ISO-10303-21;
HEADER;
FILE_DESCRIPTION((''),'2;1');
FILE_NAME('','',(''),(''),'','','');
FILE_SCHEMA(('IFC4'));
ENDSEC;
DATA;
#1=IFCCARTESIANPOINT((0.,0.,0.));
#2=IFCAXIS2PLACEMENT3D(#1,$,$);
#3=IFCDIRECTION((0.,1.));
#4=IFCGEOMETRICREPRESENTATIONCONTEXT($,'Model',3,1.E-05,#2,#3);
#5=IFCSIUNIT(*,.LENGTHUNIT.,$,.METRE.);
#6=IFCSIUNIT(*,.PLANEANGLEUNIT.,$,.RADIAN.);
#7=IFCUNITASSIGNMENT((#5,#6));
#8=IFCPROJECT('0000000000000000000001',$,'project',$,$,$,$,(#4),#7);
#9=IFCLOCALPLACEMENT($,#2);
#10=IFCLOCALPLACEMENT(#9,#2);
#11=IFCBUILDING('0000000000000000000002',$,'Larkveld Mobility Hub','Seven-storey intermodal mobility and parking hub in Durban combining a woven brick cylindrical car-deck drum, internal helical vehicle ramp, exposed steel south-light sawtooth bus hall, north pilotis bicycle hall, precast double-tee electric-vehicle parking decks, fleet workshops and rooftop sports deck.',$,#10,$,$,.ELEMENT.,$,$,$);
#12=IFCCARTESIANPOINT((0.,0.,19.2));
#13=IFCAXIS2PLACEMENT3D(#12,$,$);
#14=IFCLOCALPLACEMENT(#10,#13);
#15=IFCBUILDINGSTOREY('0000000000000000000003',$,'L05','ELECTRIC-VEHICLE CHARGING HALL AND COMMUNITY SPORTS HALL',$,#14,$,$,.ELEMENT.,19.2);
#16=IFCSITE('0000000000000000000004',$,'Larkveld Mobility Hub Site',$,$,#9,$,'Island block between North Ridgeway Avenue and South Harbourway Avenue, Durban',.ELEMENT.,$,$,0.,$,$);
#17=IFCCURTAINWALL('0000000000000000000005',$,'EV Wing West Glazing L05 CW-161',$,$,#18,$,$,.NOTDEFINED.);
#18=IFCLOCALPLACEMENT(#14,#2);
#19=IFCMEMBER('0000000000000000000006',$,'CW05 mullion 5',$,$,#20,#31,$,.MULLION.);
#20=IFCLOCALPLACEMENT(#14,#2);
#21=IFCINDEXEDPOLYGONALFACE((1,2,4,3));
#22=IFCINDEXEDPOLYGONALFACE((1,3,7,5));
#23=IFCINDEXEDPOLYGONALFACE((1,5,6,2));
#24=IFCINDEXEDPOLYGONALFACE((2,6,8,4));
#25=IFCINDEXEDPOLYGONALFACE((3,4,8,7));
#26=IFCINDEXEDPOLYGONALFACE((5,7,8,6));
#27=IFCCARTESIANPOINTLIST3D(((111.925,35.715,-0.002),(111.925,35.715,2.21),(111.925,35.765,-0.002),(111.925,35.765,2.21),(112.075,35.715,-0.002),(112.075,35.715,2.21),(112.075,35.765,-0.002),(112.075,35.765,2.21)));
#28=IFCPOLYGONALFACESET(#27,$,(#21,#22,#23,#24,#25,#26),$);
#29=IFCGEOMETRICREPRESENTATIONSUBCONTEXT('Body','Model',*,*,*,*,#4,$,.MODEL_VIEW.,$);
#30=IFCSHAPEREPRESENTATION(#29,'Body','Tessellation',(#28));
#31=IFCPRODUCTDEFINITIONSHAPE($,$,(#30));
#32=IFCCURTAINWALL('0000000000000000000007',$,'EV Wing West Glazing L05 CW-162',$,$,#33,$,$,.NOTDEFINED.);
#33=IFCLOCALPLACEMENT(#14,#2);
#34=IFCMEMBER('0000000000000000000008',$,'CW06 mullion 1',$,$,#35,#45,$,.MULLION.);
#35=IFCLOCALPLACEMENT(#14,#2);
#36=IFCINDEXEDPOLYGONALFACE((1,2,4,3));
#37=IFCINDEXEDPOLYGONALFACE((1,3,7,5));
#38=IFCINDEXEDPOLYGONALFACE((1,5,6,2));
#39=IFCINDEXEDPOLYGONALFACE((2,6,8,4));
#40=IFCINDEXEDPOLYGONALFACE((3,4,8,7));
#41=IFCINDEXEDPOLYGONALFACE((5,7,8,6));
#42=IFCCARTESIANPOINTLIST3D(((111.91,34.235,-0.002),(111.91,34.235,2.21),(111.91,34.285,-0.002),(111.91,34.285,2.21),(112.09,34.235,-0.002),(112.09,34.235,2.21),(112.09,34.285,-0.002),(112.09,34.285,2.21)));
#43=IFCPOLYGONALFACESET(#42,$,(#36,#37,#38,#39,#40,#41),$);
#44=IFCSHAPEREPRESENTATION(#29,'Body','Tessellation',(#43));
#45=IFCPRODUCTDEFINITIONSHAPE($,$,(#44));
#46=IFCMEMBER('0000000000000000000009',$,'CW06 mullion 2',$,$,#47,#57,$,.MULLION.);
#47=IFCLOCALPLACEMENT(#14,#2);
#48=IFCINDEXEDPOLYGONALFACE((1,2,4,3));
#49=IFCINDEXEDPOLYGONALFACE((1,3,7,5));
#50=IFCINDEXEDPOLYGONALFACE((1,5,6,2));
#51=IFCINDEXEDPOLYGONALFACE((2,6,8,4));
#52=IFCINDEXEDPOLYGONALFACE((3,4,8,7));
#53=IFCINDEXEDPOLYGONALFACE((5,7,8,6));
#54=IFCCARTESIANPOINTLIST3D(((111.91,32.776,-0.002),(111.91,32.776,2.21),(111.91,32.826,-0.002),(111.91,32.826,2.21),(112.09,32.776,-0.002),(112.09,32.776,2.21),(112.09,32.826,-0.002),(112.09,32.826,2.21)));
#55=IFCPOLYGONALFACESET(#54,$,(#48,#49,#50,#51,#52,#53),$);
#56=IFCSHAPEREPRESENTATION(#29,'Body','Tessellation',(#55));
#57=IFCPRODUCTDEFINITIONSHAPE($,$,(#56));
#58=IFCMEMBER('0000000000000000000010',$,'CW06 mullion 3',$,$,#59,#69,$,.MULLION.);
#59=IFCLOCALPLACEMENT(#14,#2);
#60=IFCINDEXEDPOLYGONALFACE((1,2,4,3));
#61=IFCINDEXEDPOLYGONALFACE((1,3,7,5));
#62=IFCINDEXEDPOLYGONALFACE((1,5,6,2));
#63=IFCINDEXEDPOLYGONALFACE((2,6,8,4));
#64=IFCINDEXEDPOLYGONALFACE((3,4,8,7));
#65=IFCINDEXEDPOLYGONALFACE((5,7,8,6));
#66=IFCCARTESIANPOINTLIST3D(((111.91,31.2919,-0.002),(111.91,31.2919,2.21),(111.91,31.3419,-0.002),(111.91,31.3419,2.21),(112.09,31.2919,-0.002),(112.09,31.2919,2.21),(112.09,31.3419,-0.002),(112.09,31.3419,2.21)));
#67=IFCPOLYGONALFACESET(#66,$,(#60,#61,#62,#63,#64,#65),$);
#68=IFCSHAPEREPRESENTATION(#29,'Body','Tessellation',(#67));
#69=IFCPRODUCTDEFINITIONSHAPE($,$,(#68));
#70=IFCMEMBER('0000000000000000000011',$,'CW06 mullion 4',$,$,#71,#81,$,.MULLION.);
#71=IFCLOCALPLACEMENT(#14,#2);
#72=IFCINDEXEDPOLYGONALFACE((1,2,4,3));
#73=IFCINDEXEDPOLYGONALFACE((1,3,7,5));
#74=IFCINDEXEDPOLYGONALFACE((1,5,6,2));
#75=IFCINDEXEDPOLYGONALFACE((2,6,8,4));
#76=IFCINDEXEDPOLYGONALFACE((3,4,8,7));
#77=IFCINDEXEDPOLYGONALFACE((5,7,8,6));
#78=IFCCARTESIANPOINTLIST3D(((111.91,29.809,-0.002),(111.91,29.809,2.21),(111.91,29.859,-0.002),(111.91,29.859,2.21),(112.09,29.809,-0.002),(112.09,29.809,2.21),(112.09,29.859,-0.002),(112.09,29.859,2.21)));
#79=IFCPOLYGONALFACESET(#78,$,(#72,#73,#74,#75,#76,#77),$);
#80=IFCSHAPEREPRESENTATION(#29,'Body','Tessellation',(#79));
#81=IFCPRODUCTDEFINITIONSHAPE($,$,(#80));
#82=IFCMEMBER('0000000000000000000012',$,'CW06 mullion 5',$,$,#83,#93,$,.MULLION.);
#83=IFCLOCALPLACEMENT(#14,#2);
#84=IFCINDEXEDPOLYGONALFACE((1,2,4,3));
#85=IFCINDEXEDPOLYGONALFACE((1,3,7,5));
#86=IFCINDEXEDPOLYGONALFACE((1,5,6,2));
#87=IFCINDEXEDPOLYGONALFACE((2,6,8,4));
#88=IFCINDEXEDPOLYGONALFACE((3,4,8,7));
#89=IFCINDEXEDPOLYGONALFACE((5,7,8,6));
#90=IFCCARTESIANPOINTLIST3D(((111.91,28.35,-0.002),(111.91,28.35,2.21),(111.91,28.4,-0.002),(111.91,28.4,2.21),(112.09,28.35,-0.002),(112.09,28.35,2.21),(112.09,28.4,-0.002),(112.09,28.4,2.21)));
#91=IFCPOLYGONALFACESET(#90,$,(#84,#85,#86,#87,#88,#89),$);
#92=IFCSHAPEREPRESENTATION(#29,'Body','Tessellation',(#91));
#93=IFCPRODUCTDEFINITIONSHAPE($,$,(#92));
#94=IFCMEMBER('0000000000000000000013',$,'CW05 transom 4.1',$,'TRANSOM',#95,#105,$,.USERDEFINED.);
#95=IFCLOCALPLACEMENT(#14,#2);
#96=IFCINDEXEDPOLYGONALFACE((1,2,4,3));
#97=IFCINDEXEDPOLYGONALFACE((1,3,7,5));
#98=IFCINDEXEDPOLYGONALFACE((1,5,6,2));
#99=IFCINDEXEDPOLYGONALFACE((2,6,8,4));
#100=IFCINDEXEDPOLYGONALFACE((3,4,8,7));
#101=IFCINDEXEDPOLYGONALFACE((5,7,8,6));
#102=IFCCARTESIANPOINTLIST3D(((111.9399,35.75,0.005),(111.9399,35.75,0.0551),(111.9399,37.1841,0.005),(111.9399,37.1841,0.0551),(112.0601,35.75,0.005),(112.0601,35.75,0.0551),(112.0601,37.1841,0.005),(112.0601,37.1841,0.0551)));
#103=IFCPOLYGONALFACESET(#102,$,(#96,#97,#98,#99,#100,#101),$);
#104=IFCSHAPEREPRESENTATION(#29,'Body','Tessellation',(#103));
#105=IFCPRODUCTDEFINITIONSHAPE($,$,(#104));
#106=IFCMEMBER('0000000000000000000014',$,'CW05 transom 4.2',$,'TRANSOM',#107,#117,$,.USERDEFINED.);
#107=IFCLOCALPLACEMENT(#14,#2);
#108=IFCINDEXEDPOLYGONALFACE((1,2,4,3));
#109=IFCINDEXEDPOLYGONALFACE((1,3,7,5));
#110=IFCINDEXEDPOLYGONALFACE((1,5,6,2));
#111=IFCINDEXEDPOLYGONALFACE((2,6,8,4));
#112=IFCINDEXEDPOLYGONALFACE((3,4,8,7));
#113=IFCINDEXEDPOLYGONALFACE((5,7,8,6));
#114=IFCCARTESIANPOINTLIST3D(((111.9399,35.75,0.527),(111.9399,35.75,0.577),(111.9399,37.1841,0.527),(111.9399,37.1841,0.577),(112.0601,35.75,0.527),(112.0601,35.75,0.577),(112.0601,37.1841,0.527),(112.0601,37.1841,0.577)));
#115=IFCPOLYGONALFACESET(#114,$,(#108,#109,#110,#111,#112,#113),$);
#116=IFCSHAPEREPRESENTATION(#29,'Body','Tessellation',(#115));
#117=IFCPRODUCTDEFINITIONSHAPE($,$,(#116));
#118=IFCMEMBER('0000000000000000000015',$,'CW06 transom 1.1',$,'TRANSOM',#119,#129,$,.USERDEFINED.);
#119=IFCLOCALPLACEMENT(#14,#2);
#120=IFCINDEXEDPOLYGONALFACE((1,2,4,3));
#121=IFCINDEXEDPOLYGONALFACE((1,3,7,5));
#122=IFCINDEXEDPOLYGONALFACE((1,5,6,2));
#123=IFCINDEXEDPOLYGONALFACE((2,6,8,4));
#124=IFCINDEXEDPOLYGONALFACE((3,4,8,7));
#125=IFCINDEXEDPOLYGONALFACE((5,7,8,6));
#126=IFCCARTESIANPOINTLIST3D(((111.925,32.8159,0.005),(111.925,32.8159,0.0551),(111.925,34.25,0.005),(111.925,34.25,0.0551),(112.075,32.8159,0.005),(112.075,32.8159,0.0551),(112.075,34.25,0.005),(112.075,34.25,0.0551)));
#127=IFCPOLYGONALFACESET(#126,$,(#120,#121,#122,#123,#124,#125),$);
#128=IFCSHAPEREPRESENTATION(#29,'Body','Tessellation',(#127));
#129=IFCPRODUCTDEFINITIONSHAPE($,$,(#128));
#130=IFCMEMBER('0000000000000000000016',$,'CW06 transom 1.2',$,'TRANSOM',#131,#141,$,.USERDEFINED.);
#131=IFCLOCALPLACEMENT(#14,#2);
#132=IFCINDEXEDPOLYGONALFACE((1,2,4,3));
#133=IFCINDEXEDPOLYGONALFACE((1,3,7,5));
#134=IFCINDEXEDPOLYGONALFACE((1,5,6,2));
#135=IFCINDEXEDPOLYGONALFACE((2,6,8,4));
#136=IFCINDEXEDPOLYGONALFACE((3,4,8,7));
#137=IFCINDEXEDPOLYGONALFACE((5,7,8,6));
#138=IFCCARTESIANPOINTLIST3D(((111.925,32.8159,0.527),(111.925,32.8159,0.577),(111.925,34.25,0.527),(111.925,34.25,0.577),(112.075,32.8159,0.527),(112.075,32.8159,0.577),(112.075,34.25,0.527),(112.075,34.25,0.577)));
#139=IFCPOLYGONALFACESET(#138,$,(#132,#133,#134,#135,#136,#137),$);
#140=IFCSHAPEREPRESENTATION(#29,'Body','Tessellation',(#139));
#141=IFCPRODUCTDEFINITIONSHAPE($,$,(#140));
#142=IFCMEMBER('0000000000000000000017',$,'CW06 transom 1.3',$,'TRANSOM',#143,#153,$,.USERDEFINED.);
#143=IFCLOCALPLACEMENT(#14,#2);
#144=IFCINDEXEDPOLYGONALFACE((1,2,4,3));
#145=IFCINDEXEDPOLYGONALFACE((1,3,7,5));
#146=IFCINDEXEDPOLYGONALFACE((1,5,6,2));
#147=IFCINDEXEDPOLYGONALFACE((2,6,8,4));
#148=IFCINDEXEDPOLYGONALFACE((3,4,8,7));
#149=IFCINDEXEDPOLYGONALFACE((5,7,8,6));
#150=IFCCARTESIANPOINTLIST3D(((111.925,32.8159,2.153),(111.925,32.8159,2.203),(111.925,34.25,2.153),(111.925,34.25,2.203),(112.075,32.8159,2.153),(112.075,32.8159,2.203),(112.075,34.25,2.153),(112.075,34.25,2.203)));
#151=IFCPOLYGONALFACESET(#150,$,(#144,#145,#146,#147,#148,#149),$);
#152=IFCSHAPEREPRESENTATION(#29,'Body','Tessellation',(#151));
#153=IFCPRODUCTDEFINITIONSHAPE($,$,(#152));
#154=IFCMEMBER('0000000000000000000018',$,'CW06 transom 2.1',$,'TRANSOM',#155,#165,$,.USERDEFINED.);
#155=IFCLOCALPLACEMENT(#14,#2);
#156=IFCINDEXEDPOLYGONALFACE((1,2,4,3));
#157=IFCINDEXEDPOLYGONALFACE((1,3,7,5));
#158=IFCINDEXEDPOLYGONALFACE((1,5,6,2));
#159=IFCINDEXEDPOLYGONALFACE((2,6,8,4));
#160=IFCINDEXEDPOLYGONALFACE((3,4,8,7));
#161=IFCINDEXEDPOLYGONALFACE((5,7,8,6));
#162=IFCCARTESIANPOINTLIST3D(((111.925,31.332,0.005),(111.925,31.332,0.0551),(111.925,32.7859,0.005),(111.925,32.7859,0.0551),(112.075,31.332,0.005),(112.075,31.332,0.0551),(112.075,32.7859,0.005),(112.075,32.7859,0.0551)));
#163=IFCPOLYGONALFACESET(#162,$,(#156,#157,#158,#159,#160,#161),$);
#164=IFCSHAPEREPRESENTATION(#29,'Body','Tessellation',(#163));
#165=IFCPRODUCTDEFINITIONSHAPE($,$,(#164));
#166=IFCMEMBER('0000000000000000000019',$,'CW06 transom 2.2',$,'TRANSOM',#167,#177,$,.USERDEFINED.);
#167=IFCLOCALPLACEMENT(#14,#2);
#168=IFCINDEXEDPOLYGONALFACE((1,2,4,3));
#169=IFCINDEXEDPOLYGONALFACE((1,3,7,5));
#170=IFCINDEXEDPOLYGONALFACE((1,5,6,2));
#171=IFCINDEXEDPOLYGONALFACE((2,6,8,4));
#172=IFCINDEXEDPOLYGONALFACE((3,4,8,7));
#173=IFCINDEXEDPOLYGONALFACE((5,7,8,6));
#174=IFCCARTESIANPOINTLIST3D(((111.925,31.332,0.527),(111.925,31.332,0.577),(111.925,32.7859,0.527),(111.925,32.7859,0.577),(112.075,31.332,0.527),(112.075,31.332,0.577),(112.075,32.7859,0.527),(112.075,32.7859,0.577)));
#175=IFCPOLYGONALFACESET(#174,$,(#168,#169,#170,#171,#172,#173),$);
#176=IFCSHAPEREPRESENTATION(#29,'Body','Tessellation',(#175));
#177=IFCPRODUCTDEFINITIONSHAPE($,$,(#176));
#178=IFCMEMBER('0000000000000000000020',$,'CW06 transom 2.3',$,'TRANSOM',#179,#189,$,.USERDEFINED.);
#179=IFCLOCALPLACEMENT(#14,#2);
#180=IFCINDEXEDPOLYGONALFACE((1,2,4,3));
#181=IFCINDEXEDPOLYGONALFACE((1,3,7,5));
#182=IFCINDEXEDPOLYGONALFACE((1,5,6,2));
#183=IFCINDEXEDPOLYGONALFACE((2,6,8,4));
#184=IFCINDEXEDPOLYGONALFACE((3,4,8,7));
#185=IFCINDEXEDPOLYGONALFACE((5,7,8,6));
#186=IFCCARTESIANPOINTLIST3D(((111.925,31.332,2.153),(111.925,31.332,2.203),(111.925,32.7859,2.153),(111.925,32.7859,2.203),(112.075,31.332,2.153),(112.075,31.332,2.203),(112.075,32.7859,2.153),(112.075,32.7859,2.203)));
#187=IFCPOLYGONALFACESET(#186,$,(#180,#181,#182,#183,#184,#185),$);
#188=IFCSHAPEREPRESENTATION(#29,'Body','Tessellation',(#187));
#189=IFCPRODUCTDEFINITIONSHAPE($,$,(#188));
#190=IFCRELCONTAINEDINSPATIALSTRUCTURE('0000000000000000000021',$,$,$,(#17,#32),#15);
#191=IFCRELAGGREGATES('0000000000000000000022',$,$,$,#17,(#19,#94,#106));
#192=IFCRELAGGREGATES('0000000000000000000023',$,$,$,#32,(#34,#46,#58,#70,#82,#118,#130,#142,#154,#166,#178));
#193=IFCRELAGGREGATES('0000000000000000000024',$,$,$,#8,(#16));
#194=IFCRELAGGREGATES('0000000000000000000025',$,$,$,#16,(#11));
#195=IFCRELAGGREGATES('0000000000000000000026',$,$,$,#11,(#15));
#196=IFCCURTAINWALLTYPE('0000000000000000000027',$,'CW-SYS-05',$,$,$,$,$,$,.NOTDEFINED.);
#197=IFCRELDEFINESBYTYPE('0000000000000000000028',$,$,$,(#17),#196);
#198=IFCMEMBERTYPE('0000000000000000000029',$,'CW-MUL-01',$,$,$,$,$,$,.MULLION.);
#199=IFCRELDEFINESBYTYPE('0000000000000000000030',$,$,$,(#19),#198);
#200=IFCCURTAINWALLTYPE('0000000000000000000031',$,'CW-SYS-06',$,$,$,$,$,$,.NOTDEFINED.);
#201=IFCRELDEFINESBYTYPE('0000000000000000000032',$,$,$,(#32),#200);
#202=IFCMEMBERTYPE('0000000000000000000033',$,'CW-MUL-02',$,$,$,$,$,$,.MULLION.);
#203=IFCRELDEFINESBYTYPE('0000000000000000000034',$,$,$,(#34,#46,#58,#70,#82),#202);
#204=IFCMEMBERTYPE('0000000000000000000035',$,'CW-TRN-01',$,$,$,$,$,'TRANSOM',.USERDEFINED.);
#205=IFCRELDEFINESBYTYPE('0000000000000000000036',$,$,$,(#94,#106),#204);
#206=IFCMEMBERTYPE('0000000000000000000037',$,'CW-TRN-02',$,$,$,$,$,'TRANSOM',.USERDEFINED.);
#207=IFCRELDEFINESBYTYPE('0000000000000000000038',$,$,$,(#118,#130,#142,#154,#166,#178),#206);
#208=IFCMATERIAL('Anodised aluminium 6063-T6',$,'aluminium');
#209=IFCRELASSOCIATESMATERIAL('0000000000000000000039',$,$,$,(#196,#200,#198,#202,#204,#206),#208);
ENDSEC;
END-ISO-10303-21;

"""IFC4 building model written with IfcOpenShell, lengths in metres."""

from ifc_helpers import new_model, si_unit, direction, frame, origin, origin_2d, place, context, subcontext, project, spatial, rectangle, extrude, material, material_profile, profile_set, type_object, element, aggregate, save


model = new_model("IFC4")

# Units and contexts
model_context = context("Model", 3, precision=1e-05, world=origin(), true_north=direction((0.0, 1.0)))
body_context = subcontext(model_context, "Body", "Model", "MODEL_VIEW")
ifc_project = project(units=[si_unit("LENGTHUNIT", "METRE"), si_unit("PLANEANGLEUNIT", "RADIAN")], contexts=[model_context])

# Site, building, storey
site_placement = place(None, origin())
site = spatial("IfcSite", under=ifc_project, at=site_placement, Name="Larkveld Mobility Hub Site", LongName="Island block between North Ridgeway Avenue and South Harbourway Avenue, Durban", CompositionType="ELEMENT", RefElevation=0.0)
building_placement = place(site_placement, origin())
building = spatial("IfcBuilding", under=site, at=building_placement, Name="Larkveld Mobility Hub", Description="Seven-storey intermodal mobility and parking hub in Durban combining a woven brick cylindrical car-deck drum, internal helical vehicle ramp, exposed steel south-light sawtooth bus hall, north pilotis bicycle hall, precast double-tee electric-vehicle parking decks, fleet workshops and rooftop sports deck.", CompositionType="ELEMENT")
storey_placement = place(building_placement, frame((0.0, 0.0, 19.2)))
storey = spatial("IfcBuildingStorey", under=building, at=storey_placement, Name="L05", Description="ELECTRIC-VEHICLE CHARGING HALL AND COMMUNITY SPORTS HALL", CompositionType="ELEMENT", Elevation=19.2)

# Curtain wall, member
ifc_material_1 = material(Name="Anodised aluminium 6063-T6", Category="aluminium")
curtain_wall_type_1 = type_object("IfcCurtainWallType", Name="CW-SYS-05", PredefinedType="NOTDEFINED", material=ifc_material_1)
curtain_wall_1_placement = place(storey_placement, origin())
curtain_wall_1 = element("IfcCurtainWall", 1, at=curtain_wall_1_placement, inside=storey, type_object=curtain_wall_type_1, Name="EV Wing West Glazing L05 CW-161", PredefinedType="NOTDEFINED")
ifc_material_profile_1 = material_profile(ifc_material_1, rectangle(XDim=0.05, YDim=0.1499, at=origin_2d()), Name="ALU MULL 50x150")
ifc_profile_set_1 = profile_set([ifc_material_profile_1], Name="Anodised aluminium 6063-T6")
member_type_1 = type_object("IfcMemberType", Name="CW-MUL-01", PredefinedType="MULLION", material=ifc_profile_set_1)
member_1_placement = place(storey_placement, frame((112.0, 35.74, -0.002), z_axis=(0.0, 0.0, 1.0), x_axis=(0.0, -1.0, 0.0)))
member_1 = element("IfcMember", 2, at=member_1_placement, type_object=member_type_1, Name="CW05 mullion 5", PredefinedType="MULLION", context=body_context, shape_type="SweptSolid", body=[
    extrude(rectangle(XDim=0.05, YDim=0.1499, at=origin_2d()), origin(), (0.0, 0.0, 1.0), 2.2119),
])

# Curtain wall, members
curtain_wall_type_2 = type_object("IfcCurtainWallType", Name="CW-SYS-06", PredefinedType="NOTDEFINED", material=ifc_material_1)
curtain_wall_2_placement = place(storey_placement, origin())
curtain_wall_2 = element("IfcCurtainWall", 3, at=curtain_wall_2_placement, inside=storey, type_object=curtain_wall_type_2, Name="EV Wing West Glazing L05 CW-162", PredefinedType="NOTDEFINED")
ifc_material_profile_2 = material_profile(ifc_material_1, rectangle(XDim=0.05, YDim=0.1799, at=origin_2d()), Name="ALU MULL 50x180")
ifc_profile_set_2 = profile_set([ifc_material_profile_2], Name="Anodised aluminium 6063-T6")
member_type_2 = type_object("IfcMemberType", Name="CW-MUL-02", PredefinedType="MULLION", material=ifc_profile_set_2)
member_2_placement = place(storey_placement, frame((112.0, 34.26, -0.002), z_axis=(0.0, 0.0, 1.0), x_axis=(0.0, -1.0, 0.0)))
member_2 = element("IfcMember", 4, at=member_2_placement, type_object=member_type_2, Name="CW06 mullion 1", PredefinedType="MULLION", context=body_context, shape_type="SweptSolid", body=[
    extrude(rectangle(XDim=0.05, YDim=0.1799, at=origin_2d()), origin(), (0.0, 0.0, 1.0), 2.2119),
])
member_3_placement = place(storey_placement, frame((112.0, 32.801, -0.002), z_axis=(0.0, 0.0, 1.0), x_axis=(0.0, -1.0, 0.0)))
member_3 = element("IfcMember", 5, at=member_3_placement, type_object=member_type_2, Name="CW06 mullion 2", PredefinedType="MULLION", context=body_context, shape_type="SweptSolid", body=[
    extrude(rectangle(XDim=0.05, YDim=0.1799, at=origin_2d()), origin(), (0.0, 0.0, 1.0), 2.2119),
])
member_4_placement = place(storey_placement, frame((112.0, 31.3169, -0.002), z_axis=(0.0, 0.0, 1.0), x_axis=(0.0, -1.0, 0.0)))
member_4 = element("IfcMember", 6, at=member_4_placement, type_object=member_type_2, Name="CW06 mullion 3", PredefinedType="MULLION", context=body_context, shape_type="SweptSolid", body=[
    extrude(rectangle(XDim=0.05, YDim=0.1799, at=origin_2d()), origin(), (0.0, 0.0, 1.0), 2.2119),
])
member_5_placement = place(storey_placement, frame((112.0, 29.834, -0.002), z_axis=(0.0, 0.0, 1.0), x_axis=(0.0, -1.0, 0.0)))
member_5 = element("IfcMember", 7, at=member_5_placement, type_object=member_type_2, Name="CW06 mullion 4", PredefinedType="MULLION", context=body_context, shape_type="SweptSolid", body=[
    extrude(rectangle(XDim=0.05, YDim=0.1799, at=origin_2d()), origin(), (0.0, 0.0, 1.0), 2.2119),
])
member_6_placement = place(storey_placement, frame((112.0, 28.375, -0.002), z_axis=(0.0, 0.0, 1.0), x_axis=(0.0, -1.0, 0.0)))
member_6 = element("IfcMember", 8, at=member_6_placement, type_object=member_type_2, Name="CW06 mullion 5", PredefinedType="MULLION", context=body_context, shape_type="SweptSolid", body=[
    extrude(rectangle(XDim=0.05, YDim=0.1799, at=origin_2d()), origin(), (0.0, 0.0, 1.0), 2.2119),
])

# Members
ifc_material_profile_3 = material_profile(ifc_material_1, rectangle(XDim=0.1201, YDim=0.05, at=origin_2d()), Name="ALU TRAN 50x120")
ifc_profile_set_3 = profile_set([ifc_material_profile_3], Name="Anodised aluminium 6063-T6")
member_type_3 = type_object("IfcMemberType", Name="CW-TRN-01", ElementType="TRANSOM", PredefinedType="USERDEFINED", material=ifc_profile_set_3)
member_7_placement = place(storey_placement, frame((112.0, 37.1841, 0.03), z_axis=(0.0, -1.0, 0.0), x_axis=(1.0, 0.0, 0.0)))
member_7 = element("IfcMember", 9, at=member_7_placement, type_object=member_type_3, Name="CW05 transom 4.1", ObjectType="TRANSOM", PredefinedType="USERDEFINED", context=body_context, shape_type="SweptSolid", body=[
    extrude(rectangle(XDim=0.1201, YDim=0.05, at=origin_2d()), origin(), (0.0, 0.0, 1.0), 1.4341),
])
member_8_placement = place(storey_placement, frame((112.0, 37.1841, 0.552), z_axis=(0.0, -1.0, 0.0), x_axis=(1.0, 0.0, 0.0)))
member_8 = element("IfcMember", 10, at=member_8_placement, type_object=member_type_3, Name="CW05 transom 4.2", ObjectType="TRANSOM", PredefinedType="USERDEFINED", context=body_context, shape_type="SweptSolid", body=[
    extrude(rectangle(XDim=0.1201, YDim=0.05, at=origin_2d()), origin(), (0.0, 0.0, 1.0), 1.4341),
])
ifc_material_profile_4 = material_profile(ifc_material_1, rectangle(XDim=0.1499, YDim=0.05, at=origin_2d()), Name="ALU TRAN 50x150")
ifc_profile_set_4 = profile_set([ifc_material_profile_4], Name="Anodised aluminium 6063-T6")
member_type_4 = type_object("IfcMemberType", Name="CW-TRN-02", ElementType="TRANSOM", PredefinedType="USERDEFINED", material=ifc_profile_set_4)
member_9_placement = place(storey_placement, frame((112.0, 34.25, 0.03), z_axis=(0.0, -1.0, 0.0), x_axis=(1.0, 0.0, 0.0)))
member_9 = element("IfcMember", 11, at=member_9_placement, type_object=member_type_4, Name="CW06 transom 1.1", ObjectType="TRANSOM", PredefinedType="USERDEFINED", context=body_context, shape_type="SweptSolid", body=[
    extrude(rectangle(XDim=0.1499, YDim=0.05, at=origin_2d()), origin(), (0.0, 0.0, 1.0), 1.4341),
])
member_10_placement = place(storey_placement, frame((112.0, 34.25, 0.552), z_axis=(0.0, -1.0, 0.0), x_axis=(1.0, 0.0, 0.0)))
member_10 = element("IfcMember", 12, at=member_10_placement, type_object=member_type_4, Name="CW06 transom 1.2", ObjectType="TRANSOM", PredefinedType="USERDEFINED", context=body_context, shape_type="SweptSolid", body=[
    extrude(rectangle(XDim=0.1499, YDim=0.05, at=origin_2d()), origin(), (0.0, 0.0, 1.0), 1.4341),
])
member_11_placement = place(storey_placement, frame((112.0, 34.25, 2.178), z_axis=(0.0, -1.0, 0.0), x_axis=(1.0, 0.0, 0.0)))
member_11 = element("IfcMember", 13, at=member_11_placement, type_object=member_type_4, Name="CW06 transom 1.3", ObjectType="TRANSOM", PredefinedType="USERDEFINED", context=body_context, shape_type="SweptSolid", body=[
    extrude(rectangle(XDim=0.1499, YDim=0.05, at=origin_2d()), origin(), (0.0, 0.0, 1.0), 1.4341),
])
member_12_placement = place(storey_placement, frame((112.0, 32.7859, 0.03), z_axis=(0.0, -1.0, 0.0), x_axis=(1.0, 0.0, 0.0)))
member_12 = element("IfcMember", 14, at=member_12_placement, type_object=member_type_4, Name="CW06 transom 2.1", ObjectType="TRANSOM", PredefinedType="USERDEFINED", context=body_context, shape_type="SweptSolid", body=[
    extrude(rectangle(XDim=0.1499, YDim=0.05, at=origin_2d()), origin(), (0.0, 0.0, 1.0), 1.4539),
])
member_13_placement = place(storey_placement, frame((112.0, 32.7859, 0.552), z_axis=(0.0, -1.0, 0.0), x_axis=(1.0, 0.0, 0.0)))
member_13 = element("IfcMember", 15, at=member_13_placement, type_object=member_type_4, Name="CW06 transom 2.2", ObjectType="TRANSOM", PredefinedType="USERDEFINED", context=body_context, shape_type="SweptSolid", body=[
    extrude(rectangle(XDim=0.1499, YDim=0.05, at=origin_2d()), origin(), (0.0, 0.0, 1.0), 1.4539),
])
member_14_placement = place(storey_placement, frame((112.0, 32.7859, 2.178), z_axis=(0.0, -1.0, 0.0), x_axis=(1.0, 0.0, 0.0)))
member_14 = element("IfcMember", 16, at=member_14_placement, type_object=member_type_4, Name="CW06 transom 2.3", ObjectType="TRANSOM", PredefinedType="USERDEFINED", context=body_context, shape_type="SweptSolid", body=[
    extrude(rectangle(XDim=0.1499, YDim=0.05, at=origin_2d()), origin(), (0.0, 0.0, 1.0), 1.4539),
])

aggregate(curtain_wall_1, [member_1, member_7, member_8])
aggregate(curtain_wall_2, [member_2, member_3, member_4, member_5, member_6, member_9, member_10, member_11, member_12, member_13, member_14])

save(model, "model.ifc")
